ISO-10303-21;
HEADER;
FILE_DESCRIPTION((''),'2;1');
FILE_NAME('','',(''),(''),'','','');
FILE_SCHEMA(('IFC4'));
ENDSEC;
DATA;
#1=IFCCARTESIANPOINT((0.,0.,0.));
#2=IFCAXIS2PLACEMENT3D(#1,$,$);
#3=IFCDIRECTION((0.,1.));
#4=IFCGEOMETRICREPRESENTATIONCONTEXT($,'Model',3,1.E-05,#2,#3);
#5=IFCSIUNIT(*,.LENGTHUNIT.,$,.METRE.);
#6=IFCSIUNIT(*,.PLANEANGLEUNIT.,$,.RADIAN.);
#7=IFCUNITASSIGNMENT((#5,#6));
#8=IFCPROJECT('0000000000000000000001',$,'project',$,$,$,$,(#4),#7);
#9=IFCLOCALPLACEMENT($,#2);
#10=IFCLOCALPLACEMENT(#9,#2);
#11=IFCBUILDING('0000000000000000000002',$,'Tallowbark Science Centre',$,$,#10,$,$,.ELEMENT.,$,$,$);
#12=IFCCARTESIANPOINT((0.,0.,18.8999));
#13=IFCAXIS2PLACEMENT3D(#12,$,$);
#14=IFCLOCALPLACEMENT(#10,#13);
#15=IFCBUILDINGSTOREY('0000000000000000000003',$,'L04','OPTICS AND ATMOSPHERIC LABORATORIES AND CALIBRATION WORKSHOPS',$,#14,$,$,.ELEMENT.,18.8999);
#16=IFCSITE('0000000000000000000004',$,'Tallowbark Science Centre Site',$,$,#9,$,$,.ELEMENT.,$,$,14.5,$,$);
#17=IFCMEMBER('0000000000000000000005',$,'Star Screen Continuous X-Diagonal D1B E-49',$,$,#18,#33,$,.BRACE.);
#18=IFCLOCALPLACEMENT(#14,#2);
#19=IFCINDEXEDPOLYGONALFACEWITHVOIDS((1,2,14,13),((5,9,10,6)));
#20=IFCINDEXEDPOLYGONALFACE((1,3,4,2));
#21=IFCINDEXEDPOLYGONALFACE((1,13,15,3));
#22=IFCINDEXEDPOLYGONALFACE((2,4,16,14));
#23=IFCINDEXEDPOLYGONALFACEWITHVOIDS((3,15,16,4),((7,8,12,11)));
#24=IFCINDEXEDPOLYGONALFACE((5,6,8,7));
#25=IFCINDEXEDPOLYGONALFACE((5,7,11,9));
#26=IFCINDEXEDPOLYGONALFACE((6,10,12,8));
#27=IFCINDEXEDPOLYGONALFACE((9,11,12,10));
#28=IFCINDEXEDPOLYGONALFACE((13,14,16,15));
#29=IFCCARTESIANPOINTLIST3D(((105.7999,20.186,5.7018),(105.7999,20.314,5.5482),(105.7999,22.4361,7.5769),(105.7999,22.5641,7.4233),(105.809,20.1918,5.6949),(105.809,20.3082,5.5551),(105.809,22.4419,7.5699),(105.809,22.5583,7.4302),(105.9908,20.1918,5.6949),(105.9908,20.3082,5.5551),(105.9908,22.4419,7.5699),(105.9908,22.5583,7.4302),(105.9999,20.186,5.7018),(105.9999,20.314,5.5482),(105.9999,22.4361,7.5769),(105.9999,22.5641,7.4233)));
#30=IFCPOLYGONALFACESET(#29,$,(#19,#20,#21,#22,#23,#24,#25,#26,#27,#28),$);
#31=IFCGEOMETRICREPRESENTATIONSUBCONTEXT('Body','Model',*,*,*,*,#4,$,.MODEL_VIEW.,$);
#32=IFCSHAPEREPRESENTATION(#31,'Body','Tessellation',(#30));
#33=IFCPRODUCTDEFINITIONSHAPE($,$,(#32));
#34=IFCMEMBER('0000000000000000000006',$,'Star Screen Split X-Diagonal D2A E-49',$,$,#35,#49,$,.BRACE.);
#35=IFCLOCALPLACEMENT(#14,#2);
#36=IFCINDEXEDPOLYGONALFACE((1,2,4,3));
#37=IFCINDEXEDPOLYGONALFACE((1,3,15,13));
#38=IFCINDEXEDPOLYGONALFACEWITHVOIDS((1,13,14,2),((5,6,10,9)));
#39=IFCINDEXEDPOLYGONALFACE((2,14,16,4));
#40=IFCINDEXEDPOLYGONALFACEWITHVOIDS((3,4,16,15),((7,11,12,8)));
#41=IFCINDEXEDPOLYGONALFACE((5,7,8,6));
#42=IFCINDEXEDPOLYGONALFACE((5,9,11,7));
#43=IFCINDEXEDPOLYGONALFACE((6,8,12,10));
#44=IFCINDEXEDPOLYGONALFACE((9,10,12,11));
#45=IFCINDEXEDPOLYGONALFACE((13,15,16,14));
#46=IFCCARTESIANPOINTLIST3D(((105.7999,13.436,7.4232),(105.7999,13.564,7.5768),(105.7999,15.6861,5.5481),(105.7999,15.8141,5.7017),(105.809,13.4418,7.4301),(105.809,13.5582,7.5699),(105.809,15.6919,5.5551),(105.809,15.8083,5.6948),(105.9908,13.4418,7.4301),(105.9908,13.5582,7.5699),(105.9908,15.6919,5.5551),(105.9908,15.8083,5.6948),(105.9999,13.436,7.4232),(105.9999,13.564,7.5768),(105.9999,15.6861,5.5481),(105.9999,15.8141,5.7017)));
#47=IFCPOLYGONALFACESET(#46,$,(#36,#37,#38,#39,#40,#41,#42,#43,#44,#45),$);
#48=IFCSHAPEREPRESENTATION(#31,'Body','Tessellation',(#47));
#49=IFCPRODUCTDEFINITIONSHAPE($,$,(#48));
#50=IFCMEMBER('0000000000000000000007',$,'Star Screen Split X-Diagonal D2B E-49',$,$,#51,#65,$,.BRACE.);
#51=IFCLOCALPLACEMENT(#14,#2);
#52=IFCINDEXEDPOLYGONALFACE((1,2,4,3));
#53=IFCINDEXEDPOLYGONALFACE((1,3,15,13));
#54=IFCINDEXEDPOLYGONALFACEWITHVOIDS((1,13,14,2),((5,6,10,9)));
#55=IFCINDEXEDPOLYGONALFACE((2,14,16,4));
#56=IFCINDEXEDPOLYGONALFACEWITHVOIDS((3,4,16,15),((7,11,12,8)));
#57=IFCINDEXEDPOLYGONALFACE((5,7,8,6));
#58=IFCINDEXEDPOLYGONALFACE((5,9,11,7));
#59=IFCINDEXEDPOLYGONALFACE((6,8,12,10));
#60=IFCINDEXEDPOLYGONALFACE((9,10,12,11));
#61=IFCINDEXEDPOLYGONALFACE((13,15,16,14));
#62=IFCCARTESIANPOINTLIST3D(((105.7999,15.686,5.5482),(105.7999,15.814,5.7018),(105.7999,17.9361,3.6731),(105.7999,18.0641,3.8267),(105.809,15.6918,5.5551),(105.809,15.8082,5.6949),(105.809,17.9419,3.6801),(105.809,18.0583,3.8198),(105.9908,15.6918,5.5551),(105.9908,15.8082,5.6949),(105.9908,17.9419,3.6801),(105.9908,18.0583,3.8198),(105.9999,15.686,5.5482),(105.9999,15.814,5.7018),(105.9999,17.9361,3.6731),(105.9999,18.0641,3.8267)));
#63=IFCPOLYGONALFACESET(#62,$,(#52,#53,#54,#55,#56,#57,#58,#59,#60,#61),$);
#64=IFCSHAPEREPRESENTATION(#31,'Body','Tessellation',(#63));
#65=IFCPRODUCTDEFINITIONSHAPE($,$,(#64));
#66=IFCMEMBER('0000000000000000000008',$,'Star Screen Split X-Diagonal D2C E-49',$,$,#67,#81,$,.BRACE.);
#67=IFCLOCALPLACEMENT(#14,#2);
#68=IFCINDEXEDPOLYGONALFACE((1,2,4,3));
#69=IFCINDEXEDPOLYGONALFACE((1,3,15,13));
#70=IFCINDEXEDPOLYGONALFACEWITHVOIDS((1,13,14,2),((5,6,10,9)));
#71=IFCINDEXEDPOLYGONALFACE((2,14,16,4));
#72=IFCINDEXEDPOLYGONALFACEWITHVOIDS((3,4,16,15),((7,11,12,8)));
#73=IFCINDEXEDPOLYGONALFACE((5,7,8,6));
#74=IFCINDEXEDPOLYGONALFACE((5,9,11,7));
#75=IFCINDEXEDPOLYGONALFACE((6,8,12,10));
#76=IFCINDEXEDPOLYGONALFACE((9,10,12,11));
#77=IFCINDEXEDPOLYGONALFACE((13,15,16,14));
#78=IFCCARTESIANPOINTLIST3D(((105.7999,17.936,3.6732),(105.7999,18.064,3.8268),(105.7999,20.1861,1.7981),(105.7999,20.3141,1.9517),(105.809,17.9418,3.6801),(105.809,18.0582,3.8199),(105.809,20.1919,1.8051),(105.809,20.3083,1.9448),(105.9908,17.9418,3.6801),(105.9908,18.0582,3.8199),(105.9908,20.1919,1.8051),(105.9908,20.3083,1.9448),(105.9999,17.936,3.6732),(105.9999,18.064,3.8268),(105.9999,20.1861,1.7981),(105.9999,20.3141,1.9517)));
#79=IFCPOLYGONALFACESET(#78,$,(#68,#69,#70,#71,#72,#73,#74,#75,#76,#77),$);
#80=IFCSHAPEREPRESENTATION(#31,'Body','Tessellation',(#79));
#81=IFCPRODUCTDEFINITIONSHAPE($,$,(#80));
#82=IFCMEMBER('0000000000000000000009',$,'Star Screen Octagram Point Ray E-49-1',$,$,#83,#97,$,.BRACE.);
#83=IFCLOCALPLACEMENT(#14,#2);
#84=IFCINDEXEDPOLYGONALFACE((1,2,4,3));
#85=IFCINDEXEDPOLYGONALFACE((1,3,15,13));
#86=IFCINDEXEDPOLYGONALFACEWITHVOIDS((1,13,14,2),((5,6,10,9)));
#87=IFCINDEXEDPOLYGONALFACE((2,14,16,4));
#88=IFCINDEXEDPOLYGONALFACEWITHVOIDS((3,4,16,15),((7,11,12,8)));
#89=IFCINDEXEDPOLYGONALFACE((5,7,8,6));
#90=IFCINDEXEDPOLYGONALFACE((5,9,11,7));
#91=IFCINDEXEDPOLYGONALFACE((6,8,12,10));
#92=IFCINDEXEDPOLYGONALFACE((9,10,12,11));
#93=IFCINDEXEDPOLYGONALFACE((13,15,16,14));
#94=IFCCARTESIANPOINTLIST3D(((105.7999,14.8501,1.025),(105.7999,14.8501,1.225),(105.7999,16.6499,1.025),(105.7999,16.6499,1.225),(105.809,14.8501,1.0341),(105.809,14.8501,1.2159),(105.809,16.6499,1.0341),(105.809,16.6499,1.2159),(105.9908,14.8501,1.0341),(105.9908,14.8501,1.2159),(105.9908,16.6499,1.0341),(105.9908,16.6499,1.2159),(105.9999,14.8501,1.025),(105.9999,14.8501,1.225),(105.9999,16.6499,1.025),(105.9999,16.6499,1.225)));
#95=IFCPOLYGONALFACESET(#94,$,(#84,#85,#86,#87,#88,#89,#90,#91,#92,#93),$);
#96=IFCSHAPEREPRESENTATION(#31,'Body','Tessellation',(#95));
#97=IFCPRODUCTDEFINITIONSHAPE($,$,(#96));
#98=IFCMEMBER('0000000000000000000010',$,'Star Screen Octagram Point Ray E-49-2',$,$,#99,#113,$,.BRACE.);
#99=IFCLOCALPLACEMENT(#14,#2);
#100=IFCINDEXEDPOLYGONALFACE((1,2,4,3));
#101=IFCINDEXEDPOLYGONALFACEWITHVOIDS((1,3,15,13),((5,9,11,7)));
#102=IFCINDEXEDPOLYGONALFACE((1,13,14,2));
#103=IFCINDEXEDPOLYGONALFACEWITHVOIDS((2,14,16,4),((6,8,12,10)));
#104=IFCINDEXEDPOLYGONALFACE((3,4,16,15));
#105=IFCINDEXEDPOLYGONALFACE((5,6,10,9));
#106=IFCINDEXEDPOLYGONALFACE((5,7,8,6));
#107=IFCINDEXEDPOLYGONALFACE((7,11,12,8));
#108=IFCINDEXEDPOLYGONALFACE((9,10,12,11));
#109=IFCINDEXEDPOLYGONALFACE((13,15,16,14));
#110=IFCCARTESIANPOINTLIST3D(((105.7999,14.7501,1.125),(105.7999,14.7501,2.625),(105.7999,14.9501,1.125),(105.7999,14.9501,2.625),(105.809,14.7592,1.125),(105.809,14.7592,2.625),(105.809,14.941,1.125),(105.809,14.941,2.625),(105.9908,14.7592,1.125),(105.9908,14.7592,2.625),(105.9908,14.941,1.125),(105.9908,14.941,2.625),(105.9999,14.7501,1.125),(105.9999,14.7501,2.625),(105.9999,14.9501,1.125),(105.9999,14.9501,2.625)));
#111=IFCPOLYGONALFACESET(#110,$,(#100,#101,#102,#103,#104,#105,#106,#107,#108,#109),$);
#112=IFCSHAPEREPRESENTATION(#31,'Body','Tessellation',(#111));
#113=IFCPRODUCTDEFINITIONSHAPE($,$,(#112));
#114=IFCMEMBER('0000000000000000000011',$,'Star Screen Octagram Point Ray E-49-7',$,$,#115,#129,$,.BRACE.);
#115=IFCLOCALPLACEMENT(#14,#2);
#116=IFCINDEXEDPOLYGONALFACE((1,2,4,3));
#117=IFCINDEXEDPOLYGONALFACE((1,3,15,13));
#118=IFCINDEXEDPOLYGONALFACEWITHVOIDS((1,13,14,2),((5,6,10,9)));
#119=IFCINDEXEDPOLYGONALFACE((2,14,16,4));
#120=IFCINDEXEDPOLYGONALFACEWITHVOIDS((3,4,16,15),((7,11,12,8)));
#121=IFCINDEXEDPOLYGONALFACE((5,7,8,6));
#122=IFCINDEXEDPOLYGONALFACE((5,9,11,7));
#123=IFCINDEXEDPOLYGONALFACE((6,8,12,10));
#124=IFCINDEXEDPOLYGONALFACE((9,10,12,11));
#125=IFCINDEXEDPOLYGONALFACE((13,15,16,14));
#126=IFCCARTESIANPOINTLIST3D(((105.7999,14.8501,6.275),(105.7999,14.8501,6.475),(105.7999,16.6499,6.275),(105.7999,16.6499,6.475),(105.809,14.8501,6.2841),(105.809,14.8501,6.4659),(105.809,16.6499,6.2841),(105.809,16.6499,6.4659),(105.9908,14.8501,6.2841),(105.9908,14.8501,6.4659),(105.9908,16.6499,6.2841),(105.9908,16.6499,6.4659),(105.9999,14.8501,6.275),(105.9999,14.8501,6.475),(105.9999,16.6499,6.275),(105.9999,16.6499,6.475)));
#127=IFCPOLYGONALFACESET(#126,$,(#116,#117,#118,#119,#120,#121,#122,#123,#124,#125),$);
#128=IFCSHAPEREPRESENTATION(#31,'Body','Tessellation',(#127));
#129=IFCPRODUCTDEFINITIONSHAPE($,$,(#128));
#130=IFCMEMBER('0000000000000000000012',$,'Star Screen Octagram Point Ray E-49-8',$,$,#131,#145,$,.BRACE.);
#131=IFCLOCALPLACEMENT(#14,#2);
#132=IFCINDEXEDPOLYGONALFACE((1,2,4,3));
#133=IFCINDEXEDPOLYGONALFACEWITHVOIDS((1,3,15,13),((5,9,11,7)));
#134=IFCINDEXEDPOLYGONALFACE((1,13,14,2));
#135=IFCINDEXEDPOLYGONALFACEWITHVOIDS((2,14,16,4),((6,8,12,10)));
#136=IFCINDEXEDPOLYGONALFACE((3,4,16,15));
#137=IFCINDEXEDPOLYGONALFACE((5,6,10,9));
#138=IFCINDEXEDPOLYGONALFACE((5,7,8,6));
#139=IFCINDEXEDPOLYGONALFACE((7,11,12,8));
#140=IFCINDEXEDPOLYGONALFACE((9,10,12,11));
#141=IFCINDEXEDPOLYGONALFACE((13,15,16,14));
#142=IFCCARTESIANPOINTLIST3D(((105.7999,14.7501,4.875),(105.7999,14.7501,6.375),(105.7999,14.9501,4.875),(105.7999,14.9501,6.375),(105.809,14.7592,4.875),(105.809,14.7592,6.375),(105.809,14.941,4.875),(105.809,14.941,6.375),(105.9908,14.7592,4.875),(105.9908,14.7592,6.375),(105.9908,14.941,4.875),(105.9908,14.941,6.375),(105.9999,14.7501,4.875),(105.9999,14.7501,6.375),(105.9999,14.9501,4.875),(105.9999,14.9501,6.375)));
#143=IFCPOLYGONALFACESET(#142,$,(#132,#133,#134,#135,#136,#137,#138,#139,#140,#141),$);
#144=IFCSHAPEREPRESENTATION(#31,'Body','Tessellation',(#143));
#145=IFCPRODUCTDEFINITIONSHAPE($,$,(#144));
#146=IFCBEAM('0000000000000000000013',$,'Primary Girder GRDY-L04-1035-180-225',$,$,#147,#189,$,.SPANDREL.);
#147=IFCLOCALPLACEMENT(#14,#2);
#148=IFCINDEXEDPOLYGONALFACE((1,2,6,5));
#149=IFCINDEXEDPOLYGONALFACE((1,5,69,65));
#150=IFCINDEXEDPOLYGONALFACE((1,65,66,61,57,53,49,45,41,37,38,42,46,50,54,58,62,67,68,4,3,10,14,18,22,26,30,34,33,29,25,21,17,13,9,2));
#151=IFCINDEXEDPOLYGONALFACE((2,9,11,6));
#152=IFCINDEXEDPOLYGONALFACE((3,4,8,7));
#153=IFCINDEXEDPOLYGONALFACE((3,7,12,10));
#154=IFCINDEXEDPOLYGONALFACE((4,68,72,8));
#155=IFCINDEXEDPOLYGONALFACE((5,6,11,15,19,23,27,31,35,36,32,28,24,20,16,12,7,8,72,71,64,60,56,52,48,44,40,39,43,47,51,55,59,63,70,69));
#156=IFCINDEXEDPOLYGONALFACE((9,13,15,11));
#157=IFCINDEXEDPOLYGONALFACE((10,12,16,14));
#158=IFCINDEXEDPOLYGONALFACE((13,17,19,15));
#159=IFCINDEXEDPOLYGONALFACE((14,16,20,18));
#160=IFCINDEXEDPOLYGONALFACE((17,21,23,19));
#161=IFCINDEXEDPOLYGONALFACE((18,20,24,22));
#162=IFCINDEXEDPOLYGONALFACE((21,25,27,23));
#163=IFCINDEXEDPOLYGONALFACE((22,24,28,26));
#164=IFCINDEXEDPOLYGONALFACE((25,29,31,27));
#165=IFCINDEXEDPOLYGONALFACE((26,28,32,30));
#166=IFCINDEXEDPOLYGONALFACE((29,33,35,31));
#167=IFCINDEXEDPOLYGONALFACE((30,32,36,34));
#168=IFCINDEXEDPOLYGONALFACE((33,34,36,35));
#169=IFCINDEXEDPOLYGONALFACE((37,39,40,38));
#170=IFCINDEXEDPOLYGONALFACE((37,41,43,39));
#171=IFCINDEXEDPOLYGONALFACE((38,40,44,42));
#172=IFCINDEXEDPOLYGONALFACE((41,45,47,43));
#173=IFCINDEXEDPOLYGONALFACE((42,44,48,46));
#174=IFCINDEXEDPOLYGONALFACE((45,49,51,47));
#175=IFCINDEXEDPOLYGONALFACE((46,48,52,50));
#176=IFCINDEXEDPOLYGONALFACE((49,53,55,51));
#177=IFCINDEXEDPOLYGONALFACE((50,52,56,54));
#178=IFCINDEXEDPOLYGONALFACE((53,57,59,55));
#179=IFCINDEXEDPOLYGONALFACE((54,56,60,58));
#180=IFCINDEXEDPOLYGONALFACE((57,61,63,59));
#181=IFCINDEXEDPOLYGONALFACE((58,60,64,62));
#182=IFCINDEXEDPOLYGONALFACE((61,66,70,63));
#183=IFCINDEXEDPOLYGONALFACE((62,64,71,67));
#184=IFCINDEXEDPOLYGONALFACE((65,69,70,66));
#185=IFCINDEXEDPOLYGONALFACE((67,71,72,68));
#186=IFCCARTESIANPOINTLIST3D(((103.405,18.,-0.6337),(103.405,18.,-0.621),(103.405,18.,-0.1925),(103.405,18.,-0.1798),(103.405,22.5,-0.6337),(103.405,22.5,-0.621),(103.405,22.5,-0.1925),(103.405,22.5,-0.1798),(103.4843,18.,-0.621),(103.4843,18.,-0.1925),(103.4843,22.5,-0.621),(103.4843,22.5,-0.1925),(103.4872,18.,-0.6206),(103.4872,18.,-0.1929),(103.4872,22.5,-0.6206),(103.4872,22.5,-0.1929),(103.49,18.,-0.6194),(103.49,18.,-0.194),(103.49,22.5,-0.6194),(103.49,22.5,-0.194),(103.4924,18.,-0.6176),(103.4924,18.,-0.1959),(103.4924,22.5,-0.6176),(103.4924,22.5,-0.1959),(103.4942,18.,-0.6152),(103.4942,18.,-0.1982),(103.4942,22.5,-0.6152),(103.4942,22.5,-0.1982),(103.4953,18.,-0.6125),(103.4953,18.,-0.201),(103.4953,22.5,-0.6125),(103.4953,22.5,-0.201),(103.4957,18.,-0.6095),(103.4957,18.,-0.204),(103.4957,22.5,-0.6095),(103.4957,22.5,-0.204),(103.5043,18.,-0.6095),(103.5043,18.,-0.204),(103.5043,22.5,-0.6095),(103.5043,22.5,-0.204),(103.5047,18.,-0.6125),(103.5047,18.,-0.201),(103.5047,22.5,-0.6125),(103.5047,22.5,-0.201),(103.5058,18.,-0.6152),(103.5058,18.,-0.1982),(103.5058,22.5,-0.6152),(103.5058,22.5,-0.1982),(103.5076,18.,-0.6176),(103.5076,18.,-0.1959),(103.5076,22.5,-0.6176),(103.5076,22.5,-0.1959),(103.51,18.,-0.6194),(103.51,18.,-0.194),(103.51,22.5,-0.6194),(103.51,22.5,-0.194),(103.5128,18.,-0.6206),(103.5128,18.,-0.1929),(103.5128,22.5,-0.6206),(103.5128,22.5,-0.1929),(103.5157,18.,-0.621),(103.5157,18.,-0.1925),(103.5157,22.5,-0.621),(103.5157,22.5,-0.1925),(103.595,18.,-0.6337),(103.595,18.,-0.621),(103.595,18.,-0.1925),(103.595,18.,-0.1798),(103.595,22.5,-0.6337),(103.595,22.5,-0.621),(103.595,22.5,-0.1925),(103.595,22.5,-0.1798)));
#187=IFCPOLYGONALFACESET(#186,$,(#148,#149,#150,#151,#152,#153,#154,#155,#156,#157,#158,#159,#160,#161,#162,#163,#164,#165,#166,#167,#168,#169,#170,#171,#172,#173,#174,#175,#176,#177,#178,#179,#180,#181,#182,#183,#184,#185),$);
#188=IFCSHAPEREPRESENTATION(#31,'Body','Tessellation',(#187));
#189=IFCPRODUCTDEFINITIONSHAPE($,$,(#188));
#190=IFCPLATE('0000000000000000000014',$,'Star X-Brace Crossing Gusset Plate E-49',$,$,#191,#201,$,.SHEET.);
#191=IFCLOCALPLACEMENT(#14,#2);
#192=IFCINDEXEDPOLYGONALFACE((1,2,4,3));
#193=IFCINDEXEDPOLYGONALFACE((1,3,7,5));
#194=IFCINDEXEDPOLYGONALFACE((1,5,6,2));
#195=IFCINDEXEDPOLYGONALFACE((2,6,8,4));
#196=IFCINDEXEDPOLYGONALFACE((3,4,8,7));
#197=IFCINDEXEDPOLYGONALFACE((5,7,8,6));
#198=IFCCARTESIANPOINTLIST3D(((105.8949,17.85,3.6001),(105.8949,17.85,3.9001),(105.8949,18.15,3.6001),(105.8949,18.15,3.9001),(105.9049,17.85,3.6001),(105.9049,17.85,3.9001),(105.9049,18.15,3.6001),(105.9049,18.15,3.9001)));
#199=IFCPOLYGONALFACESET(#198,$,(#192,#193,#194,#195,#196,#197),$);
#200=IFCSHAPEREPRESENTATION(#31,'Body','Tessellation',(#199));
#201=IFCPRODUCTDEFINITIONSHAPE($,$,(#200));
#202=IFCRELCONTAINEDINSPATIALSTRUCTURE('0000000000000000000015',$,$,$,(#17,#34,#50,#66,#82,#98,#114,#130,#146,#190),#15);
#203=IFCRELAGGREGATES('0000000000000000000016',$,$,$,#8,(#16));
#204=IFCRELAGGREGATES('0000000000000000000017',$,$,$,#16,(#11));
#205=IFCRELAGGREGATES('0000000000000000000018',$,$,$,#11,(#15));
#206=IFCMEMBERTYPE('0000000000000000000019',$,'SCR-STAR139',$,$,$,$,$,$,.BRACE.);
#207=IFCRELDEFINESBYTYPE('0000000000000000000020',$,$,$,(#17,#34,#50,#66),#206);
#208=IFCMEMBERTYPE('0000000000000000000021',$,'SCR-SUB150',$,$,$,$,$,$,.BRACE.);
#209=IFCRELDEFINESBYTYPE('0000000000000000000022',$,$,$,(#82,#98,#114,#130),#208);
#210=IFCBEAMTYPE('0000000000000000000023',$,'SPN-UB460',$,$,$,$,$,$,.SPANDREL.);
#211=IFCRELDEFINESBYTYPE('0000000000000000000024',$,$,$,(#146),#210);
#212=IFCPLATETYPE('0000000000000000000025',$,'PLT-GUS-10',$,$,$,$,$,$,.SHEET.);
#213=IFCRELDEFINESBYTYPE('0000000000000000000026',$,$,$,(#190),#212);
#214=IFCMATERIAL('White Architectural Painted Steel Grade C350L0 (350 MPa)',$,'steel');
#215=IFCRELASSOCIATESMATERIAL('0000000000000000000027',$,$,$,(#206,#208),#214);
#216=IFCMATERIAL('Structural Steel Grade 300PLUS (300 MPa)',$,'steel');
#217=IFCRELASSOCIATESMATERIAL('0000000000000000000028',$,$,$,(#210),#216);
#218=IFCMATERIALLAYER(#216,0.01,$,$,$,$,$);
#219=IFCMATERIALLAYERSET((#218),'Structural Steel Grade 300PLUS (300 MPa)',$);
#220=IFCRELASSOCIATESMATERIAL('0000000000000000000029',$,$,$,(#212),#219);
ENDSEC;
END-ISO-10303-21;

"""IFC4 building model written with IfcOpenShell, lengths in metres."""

from ifc_helpers import new_model, si_unit, direction, frame, origin, origin_2d, place, context, subcontext, project, spatial, rectangle, hollow_rectangle, i_section, extrude, material, layer, layer_set, material_profile, profile_set, type_object, element, save


model = new_model("IFC4")

# Units and contexts
model_context = context("Model", 3, precision=1e-05, world=origin(), true_north=direction((0.0, 1.0)))
body_context = subcontext(model_context, "Body", "Model", "MODEL_VIEW")
ifc_project = project(units=[si_unit("LENGTHUNIT", "METRE"), si_unit("PLANEANGLEUNIT", "RADIAN")], contexts=[model_context])

# Site, building, storey
site_placement = place(None, origin())
site = spatial("IfcSite", under=ifc_project, at=site_placement, Name="Tallowbark Science Centre Site", CompositionType="ELEMENT", RefElevation=14.5)
building_placement = place(site_placement, origin())
building = spatial("IfcBuilding", under=site, at=building_placement, Name="Tallowbark Science Centre", CompositionType="ELEMENT")
storey_placement = place(building_placement, frame((0.0, 0.0, 18.8999)))
storey = spatial("IfcBuildingStorey", under=building, at=storey_placement, Name="L04", Description="OPTICS AND ATMOSPHERIC LABORATORIES AND CALIBRATION WORKSHOPS", CompositionType="ELEMENT", Elevation=18.8999)

# Shared definitions
ifc_material_1 = material(Name="White Architectural Painted Steel Grade C350L0 (350 MPa)", Category="steel")
ifc_material_2 = material(Name="Structural Steel Grade 300PLUS (300 MPa)", Category="steel")

# Members
ifc_material_profile_1 = material_profile(ifc_material_1, hollow_rectangle(XDim=0.2, YDim=0.2, WallThickness=0.009, at=origin_2d()), Name="200x200x9.0SHS")
ifc_profile_set_1 = profile_set([ifc_material_profile_1], Name="White Architectural Painted Steel Grade C350L0 (350 MPa)")
member_type_1 = type_object("IfcMemberType", Name="SCR-STAR139", PredefinedType="BRACE", material=ifc_profile_set_1)
for number, where, z_axis, x_axis, name in (
    (1, (105.8999, 20.25, 5.625), (0.0, 0.768221, 0.640184), (-1.0, 0.0, 0.0), "Star Screen Continuous X-Diagonal D1B E-49"),
    (2, (105.8999, 13.5, 7.5), (0.0, 0.768221, -0.640184), (-1.0, 0.0, 0.0), "Star Screen Split X-Diagonal D2A E-49"),
    (3, (105.8999, 15.75, 5.625), (0.0, 0.768221, -0.640184), (-1.0, 0.0, 0.0), "Star Screen Split X-Diagonal D2B E-49"),
    (4, (105.8999, 18.0, 3.75), (0.0, 0.768221, -0.640184), (-1.0, 0.0, 0.0), "Star Screen Split X-Diagonal D2C E-49"),
):
    element("IfcMember", number, at=place(storey_placement, frame(where, z_axis=z_axis, x_axis=x_axis)), inside=storey, type_object=member_type_1, Name=name, PredefinedType="BRACE", context=body_context, shape_type="SweptSolid", body=[
        extrude(hollow_rectangle(XDim=0.2, YDim=0.2, WallThickness=0.009, at=origin_2d()), origin(), (0.0, 0.0, 1.0), 2.929),
    ])
ifc_material_profile_2 = material_profile(ifc_material_1, hollow_rectangle(XDim=0.2, YDim=0.2, WallThickness=0.009, at=origin_2d()), Name="200x200x9.0SHS")
ifc_profile_set_2 = profile_set([ifc_material_profile_2], Name="White Architectural Painted Steel Grade C350L0 (350 MPa)")
member_type_2 = type_object("IfcMemberType", Name="SCR-SUB150", PredefinedType="BRACE", material=ifc_profile_set_2)
member_1_placement = place(storey_placement, frame((105.8999, 14.8501, 1.125), z_axis=(0.0, 1.0, 0.0), x_axis=(-1.0, 0.0, 0.0)))
element("IfcMember", 5, at=member_1_placement, inside=storey, type_object=member_type_2, Name="Star Screen Octagram Point Ray E-49-1", PredefinedType="BRACE", context=body_context, shape_type="SweptSolid", body=[
    extrude(hollow_rectangle(XDim=0.2, YDim=0.2, WallThickness=0.009, at=origin_2d()), origin(), (0.0, 0.0, 1.0), 1.7998),
])
member_2_placement = place(storey_placement, frame((105.8999, 14.8501, 1.125), z_axis=(0.0, 0.0, 1.0), x_axis=(1.0, 0.0, 0.0)))
element("IfcMember", 6, at=member_2_placement, inside=storey, type_object=member_type_2, Name="Star Screen Octagram Point Ray E-49-2", PredefinedType="BRACE", context=body_context, shape_type="SweptSolid", body=[
    extrude(hollow_rectangle(XDim=0.2, YDim=0.2, WallThickness=0.009, at=origin_2d()), origin(), (0.0, 0.0, 1.0), 1.5),
])
member_3_placement = place(storey_placement, frame((105.8999, 14.8501, 6.375), z_axis=(0.0, 1.0, 0.0), x_axis=(-1.0, 0.0, 0.0)))
element("IfcMember", 7, at=member_3_placement, inside=storey, type_object=member_type_2, Name="Star Screen Octagram Point Ray E-49-7", PredefinedType="BRACE", context=body_context, shape_type="SweptSolid", body=[
    extrude(hollow_rectangle(XDim=0.2, YDim=0.2, WallThickness=0.009, at=origin_2d()), origin(), (0.0, 0.0, 1.0), 1.7998),
])
member_4_placement = place(storey_placement, frame((105.8999, 14.8501, 6.375), z_axis=(0.0, 0.0, -1.0), x_axis=(1.0, 0.0, 0.0)))
element("IfcMember", 8, at=member_4_placement, inside=storey, type_object=member_type_2, Name="Star Screen Octagram Point Ray E-49-8", PredefinedType="BRACE", context=body_context, shape_type="SweptSolid", body=[
    extrude(hollow_rectangle(XDim=0.2, YDim=0.2, WallThickness=0.009, at=origin_2d()), origin(), (0.0, 0.0, 1.0), 1.5),
])

# Beam
ifc_material_profile_3 = material_profile(ifc_material_2, i_section(OverallWidth=0.1899, OverallDepth=0.4539, WebThickness=0.0085, FlangeThickness=0.0127, FilletRadius=0.0115, at=origin_2d()), Name="460UB67.1")
ifc_profile_set_3 = profile_set([ifc_material_profile_3], Name="Structural Steel Grade 300PLUS (300 MPa)")
beam_type = type_object("IfcBeamType", Name="SPN-UB460", PredefinedType="SPANDREL", material=ifc_profile_set_3)
beam_placement = place(storey_placement, frame((103.5, 18.0, -0.4067), z_axis=(0.0, 1.0, 0.0), x_axis=(-1.0, 0.0, 0.0)))
element("IfcBeam", 9, at=beam_placement, inside=storey, type_object=beam_type, Name="Primary Girder GRDY-L04-1035-180-225", PredefinedType="SPANDREL", context=body_context, shape_type="SweptSolid", body=[
    extrude(i_section(OverallWidth=0.1899, OverallDepth=0.4539, WebThickness=0.0085, FlangeThickness=0.0127, FilletRadius=0.0115, at=origin_2d()), origin(), (0.0, 0.0, 1.0), 4.5),
])

# Plate
ifc_layer_1 = layer(ifc_material_2, 0.01)
ifc_layer_set_1 = layer_set([ifc_layer_1], Name="Structural Steel Grade 300PLUS (300 MPa)")
plate_type = type_object("IfcPlateType", Name="PLT-GUS-10", PredefinedType="SHEET", material=ifc_layer_set_1)
plate_placement = place(storey_placement, frame((105.8999, 18.0, 3.6001), z_axis=(0.0, 0.0, 1.0), x_axis=(0.0, 1.0, 0.0)))
element("IfcPlate", 10, at=plate_placement, inside=storey, type_object=plate_type, Name="Star X-Brace Crossing Gusset Plate E-49", PredefinedType="SHEET", context=body_context, shape_type="SweptSolid", body=[
    extrude(rectangle(XDim=0.3, YDim=0.01, at=origin_2d()), origin(), (0.0, 0.0, 1.0), 0.3),
])

save(model, "model.ifc")
